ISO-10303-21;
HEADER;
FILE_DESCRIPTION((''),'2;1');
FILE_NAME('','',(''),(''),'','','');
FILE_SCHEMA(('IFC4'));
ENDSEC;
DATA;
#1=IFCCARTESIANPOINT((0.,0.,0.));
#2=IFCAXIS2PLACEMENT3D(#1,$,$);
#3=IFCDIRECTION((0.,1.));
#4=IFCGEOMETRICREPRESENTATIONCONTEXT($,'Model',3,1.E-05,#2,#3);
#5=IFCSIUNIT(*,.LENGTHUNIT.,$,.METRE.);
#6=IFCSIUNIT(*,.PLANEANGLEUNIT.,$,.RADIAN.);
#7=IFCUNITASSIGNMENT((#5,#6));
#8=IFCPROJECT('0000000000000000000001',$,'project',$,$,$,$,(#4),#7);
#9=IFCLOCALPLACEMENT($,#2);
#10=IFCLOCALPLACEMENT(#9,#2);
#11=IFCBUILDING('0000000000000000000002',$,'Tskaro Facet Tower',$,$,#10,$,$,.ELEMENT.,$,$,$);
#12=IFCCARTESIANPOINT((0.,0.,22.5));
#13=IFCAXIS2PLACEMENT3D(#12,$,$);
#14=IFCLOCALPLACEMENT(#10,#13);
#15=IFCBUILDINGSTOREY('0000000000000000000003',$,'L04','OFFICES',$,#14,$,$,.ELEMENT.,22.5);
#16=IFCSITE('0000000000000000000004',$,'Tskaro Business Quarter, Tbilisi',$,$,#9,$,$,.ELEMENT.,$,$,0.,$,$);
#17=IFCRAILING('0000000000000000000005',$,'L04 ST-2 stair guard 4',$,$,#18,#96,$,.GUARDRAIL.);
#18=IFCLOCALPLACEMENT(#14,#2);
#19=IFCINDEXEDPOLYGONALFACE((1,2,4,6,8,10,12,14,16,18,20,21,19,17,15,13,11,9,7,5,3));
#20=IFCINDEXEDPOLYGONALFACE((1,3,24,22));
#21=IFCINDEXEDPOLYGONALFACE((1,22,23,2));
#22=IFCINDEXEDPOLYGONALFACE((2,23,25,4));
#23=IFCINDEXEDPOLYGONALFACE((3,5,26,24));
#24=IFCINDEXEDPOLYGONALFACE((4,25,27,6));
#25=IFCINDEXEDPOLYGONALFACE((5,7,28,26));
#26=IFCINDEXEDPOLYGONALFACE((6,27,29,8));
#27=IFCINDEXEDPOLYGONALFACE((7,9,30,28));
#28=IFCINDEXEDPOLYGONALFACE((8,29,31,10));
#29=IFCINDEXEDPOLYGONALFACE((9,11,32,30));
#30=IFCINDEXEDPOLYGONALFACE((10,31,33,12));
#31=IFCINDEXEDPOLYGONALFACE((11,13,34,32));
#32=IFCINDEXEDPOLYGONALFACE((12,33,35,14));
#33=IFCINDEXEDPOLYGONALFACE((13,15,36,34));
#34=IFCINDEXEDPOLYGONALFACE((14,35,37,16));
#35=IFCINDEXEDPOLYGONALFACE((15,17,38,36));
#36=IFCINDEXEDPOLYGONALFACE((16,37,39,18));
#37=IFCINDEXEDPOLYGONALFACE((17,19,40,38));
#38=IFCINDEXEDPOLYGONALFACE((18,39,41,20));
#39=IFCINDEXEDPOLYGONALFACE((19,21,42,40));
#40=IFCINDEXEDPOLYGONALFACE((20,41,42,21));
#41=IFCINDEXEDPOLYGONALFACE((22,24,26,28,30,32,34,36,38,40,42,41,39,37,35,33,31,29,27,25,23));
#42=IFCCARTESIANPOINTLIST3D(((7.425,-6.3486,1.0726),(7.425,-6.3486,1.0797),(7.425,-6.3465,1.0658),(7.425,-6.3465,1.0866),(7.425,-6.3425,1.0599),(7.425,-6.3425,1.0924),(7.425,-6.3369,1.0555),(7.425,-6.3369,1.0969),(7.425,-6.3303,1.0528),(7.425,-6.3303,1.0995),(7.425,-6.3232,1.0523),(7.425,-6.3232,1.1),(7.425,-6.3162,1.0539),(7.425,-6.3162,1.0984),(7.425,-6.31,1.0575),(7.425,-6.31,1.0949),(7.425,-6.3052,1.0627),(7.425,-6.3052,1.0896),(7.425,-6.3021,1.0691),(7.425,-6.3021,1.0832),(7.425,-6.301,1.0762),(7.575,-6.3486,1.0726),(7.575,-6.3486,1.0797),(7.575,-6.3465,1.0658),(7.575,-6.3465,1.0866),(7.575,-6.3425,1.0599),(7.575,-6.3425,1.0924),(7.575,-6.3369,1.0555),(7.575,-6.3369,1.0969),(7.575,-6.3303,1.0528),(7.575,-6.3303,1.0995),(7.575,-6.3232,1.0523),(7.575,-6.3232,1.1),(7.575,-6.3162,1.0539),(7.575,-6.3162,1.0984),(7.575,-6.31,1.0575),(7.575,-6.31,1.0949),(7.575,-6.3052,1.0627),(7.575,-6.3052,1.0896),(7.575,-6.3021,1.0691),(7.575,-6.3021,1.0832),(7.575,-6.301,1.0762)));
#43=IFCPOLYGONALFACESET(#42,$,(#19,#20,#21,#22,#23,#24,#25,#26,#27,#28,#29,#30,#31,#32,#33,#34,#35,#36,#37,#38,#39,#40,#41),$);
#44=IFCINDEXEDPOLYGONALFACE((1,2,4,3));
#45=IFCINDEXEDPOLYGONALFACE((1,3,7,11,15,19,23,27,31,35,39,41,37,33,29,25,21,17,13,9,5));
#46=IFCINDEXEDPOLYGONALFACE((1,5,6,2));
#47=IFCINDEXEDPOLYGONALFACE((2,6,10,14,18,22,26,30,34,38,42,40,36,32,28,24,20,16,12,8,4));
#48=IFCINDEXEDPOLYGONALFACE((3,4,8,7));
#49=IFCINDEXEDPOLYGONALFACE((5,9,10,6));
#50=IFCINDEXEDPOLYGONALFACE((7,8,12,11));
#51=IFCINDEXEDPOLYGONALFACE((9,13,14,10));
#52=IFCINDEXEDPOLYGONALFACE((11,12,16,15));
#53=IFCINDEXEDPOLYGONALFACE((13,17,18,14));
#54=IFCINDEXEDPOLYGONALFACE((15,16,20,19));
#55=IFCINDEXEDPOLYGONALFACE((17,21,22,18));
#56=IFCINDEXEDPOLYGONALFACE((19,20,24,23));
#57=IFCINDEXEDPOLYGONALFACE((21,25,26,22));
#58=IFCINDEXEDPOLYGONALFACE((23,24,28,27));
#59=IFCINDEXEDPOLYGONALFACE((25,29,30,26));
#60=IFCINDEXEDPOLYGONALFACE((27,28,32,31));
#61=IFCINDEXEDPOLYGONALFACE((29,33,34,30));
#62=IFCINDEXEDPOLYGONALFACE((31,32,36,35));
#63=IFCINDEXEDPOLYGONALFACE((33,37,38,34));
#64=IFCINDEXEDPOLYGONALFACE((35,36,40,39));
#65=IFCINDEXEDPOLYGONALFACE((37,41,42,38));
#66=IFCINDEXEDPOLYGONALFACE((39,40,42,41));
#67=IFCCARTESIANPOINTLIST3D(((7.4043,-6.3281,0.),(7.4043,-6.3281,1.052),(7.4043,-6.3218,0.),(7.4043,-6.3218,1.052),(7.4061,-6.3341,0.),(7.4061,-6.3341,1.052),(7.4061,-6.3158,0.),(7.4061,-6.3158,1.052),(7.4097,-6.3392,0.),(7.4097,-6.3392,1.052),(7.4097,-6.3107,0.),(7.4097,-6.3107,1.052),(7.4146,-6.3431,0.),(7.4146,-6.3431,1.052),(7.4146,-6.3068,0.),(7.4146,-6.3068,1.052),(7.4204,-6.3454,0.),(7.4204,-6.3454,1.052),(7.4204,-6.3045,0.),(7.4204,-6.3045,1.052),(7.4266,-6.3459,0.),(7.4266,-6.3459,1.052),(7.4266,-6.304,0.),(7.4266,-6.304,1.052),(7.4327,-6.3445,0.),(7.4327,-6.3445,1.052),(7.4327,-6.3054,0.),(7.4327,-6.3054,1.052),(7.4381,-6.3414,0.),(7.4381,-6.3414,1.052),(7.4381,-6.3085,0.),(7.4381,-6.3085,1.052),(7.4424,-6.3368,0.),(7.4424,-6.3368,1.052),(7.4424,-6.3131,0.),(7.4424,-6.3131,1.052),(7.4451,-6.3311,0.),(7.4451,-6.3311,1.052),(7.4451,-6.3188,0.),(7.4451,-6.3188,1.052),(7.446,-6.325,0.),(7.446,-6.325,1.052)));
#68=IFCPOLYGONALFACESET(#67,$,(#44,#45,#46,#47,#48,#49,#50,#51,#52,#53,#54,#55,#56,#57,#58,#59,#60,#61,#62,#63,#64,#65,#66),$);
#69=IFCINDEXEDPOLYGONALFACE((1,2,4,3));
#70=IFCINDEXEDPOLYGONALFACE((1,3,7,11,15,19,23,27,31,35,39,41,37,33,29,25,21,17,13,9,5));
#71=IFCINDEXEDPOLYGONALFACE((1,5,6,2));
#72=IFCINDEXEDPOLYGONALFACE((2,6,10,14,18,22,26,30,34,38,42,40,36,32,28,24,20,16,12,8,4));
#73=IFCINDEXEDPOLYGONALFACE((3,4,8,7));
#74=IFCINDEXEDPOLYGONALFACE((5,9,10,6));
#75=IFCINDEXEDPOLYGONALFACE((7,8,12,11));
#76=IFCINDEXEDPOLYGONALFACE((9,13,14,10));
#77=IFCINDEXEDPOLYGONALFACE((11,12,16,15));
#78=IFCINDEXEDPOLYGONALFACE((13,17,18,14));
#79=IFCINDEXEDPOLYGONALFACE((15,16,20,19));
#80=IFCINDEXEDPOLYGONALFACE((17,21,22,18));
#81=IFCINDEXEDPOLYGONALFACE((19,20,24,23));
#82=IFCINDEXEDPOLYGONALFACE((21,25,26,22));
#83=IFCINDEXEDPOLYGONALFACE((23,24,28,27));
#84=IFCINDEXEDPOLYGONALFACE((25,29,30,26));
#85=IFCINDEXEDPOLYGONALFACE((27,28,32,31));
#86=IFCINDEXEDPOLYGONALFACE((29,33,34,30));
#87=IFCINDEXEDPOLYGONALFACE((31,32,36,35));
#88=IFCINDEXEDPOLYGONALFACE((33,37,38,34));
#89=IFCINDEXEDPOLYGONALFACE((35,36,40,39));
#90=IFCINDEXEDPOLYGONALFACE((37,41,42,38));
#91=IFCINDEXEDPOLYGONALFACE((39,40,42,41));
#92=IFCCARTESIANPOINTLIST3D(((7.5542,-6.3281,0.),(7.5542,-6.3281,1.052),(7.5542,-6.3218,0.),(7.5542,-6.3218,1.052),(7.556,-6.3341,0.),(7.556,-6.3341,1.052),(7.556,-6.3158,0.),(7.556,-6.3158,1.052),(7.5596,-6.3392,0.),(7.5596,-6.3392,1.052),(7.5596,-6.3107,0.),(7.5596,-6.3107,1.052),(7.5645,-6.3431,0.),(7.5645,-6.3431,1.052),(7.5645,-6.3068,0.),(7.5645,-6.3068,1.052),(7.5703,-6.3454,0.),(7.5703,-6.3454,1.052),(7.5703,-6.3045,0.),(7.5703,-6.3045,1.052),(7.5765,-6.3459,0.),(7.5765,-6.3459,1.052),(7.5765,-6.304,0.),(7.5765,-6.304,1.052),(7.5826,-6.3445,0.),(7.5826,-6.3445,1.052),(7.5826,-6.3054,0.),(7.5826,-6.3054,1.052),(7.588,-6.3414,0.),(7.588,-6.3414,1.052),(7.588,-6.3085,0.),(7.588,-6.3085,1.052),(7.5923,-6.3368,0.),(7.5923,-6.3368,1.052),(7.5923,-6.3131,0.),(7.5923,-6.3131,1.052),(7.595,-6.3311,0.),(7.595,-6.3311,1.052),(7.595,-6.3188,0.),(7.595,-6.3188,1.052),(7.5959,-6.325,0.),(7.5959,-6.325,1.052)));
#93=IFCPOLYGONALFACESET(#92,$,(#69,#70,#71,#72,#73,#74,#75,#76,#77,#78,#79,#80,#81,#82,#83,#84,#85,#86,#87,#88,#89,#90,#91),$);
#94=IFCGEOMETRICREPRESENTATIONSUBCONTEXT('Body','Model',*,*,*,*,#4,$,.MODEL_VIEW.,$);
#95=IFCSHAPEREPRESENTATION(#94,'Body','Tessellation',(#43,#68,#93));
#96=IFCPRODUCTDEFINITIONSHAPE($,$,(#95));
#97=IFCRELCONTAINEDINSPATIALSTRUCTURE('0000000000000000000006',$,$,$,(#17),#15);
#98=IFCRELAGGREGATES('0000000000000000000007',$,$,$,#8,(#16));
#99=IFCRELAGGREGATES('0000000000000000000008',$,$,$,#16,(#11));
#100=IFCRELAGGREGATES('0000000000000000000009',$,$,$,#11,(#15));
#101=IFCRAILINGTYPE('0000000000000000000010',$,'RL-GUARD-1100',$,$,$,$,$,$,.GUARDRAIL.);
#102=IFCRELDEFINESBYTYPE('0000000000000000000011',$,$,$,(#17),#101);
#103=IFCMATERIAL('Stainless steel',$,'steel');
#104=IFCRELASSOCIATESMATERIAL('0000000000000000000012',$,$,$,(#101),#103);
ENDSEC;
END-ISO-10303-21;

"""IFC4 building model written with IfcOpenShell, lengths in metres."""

from ifc_helpers import new_model, si_unit, direction, frame, origin, origin_2d, place, context, subcontext, project, spatial, circle, extrude, material, type_object, element, save


model = new_model("IFC4")

# Units and contexts
model_context = context("Model", 3, precision=1e-05, world=origin(), true_north=direction((0.0, 1.0)))
body_context = subcontext(model_context, "Body", "Model", "MODEL_VIEW")
ifc_project = project(units=[si_unit("LENGTHUNIT", "METRE"), si_unit("PLANEANGLEUNIT", "RADIAN")], contexts=[model_context])

# Site, building, storey
site_placement = place(None, origin())
site = spatial("IfcSite", under=ifc_project, at=site_placement, Name="Tskaro Business Quarter, Tbilisi", CompositionType="ELEMENT", RefElevation=0.0)
building_placement = place(site_placement, origin())
building = spatial("IfcBuilding", under=site, at=building_placement, Name="Tskaro Facet Tower", CompositionType="ELEMENT")
storey_placement = place(building_placement, frame((0.0, 0.0, 22.5)))
storey = spatial("IfcBuildingStorey", under=building, at=storey_placement, Name="L04", Description="OFFICES", CompositionType="ELEMENT", Elevation=22.5)

# Railing
ifc_material_1 = material(Name="Stainless steel", Category="steel")
railing_type_1 = type_object("IfcRailingType", Name="RL-GUARD-1100", PredefinedType="GUARDRAIL", material=ifc_material_1)
railing_1_placement = place(storey_placement, frame((7.425, -6.325, 0.0)))
element("IfcRailing", 1, at=railing_1_placement, inside=storey, type_object=railing_type_1, Name="L04 ST-2 stair guard 4", PredefinedType="GUARDRAIL", context=body_context, shape_type="SweptSolid", body=[
    extrude(circle(Radius=0.0239, at=origin_2d()), frame((0.0, 0.0, 1.0762), z_axis=(1.0, 0.0, 0.0), x_axis=(0.0, 1.0, 0.0)), (0.0, 0.0, 1.0), 0.1499),
    extrude(circle(Radius=0.021, at=origin_2d()), origin(), (0.0, 0.0, 1.0), 1.052),
    extrude(circle(Radius=0.021, at=origin_2d()), frame((0.1499, 0.0, 0.0)), (0.0, 0.0, 1.0), 1.052),
])

save(model, "model.ifc")
